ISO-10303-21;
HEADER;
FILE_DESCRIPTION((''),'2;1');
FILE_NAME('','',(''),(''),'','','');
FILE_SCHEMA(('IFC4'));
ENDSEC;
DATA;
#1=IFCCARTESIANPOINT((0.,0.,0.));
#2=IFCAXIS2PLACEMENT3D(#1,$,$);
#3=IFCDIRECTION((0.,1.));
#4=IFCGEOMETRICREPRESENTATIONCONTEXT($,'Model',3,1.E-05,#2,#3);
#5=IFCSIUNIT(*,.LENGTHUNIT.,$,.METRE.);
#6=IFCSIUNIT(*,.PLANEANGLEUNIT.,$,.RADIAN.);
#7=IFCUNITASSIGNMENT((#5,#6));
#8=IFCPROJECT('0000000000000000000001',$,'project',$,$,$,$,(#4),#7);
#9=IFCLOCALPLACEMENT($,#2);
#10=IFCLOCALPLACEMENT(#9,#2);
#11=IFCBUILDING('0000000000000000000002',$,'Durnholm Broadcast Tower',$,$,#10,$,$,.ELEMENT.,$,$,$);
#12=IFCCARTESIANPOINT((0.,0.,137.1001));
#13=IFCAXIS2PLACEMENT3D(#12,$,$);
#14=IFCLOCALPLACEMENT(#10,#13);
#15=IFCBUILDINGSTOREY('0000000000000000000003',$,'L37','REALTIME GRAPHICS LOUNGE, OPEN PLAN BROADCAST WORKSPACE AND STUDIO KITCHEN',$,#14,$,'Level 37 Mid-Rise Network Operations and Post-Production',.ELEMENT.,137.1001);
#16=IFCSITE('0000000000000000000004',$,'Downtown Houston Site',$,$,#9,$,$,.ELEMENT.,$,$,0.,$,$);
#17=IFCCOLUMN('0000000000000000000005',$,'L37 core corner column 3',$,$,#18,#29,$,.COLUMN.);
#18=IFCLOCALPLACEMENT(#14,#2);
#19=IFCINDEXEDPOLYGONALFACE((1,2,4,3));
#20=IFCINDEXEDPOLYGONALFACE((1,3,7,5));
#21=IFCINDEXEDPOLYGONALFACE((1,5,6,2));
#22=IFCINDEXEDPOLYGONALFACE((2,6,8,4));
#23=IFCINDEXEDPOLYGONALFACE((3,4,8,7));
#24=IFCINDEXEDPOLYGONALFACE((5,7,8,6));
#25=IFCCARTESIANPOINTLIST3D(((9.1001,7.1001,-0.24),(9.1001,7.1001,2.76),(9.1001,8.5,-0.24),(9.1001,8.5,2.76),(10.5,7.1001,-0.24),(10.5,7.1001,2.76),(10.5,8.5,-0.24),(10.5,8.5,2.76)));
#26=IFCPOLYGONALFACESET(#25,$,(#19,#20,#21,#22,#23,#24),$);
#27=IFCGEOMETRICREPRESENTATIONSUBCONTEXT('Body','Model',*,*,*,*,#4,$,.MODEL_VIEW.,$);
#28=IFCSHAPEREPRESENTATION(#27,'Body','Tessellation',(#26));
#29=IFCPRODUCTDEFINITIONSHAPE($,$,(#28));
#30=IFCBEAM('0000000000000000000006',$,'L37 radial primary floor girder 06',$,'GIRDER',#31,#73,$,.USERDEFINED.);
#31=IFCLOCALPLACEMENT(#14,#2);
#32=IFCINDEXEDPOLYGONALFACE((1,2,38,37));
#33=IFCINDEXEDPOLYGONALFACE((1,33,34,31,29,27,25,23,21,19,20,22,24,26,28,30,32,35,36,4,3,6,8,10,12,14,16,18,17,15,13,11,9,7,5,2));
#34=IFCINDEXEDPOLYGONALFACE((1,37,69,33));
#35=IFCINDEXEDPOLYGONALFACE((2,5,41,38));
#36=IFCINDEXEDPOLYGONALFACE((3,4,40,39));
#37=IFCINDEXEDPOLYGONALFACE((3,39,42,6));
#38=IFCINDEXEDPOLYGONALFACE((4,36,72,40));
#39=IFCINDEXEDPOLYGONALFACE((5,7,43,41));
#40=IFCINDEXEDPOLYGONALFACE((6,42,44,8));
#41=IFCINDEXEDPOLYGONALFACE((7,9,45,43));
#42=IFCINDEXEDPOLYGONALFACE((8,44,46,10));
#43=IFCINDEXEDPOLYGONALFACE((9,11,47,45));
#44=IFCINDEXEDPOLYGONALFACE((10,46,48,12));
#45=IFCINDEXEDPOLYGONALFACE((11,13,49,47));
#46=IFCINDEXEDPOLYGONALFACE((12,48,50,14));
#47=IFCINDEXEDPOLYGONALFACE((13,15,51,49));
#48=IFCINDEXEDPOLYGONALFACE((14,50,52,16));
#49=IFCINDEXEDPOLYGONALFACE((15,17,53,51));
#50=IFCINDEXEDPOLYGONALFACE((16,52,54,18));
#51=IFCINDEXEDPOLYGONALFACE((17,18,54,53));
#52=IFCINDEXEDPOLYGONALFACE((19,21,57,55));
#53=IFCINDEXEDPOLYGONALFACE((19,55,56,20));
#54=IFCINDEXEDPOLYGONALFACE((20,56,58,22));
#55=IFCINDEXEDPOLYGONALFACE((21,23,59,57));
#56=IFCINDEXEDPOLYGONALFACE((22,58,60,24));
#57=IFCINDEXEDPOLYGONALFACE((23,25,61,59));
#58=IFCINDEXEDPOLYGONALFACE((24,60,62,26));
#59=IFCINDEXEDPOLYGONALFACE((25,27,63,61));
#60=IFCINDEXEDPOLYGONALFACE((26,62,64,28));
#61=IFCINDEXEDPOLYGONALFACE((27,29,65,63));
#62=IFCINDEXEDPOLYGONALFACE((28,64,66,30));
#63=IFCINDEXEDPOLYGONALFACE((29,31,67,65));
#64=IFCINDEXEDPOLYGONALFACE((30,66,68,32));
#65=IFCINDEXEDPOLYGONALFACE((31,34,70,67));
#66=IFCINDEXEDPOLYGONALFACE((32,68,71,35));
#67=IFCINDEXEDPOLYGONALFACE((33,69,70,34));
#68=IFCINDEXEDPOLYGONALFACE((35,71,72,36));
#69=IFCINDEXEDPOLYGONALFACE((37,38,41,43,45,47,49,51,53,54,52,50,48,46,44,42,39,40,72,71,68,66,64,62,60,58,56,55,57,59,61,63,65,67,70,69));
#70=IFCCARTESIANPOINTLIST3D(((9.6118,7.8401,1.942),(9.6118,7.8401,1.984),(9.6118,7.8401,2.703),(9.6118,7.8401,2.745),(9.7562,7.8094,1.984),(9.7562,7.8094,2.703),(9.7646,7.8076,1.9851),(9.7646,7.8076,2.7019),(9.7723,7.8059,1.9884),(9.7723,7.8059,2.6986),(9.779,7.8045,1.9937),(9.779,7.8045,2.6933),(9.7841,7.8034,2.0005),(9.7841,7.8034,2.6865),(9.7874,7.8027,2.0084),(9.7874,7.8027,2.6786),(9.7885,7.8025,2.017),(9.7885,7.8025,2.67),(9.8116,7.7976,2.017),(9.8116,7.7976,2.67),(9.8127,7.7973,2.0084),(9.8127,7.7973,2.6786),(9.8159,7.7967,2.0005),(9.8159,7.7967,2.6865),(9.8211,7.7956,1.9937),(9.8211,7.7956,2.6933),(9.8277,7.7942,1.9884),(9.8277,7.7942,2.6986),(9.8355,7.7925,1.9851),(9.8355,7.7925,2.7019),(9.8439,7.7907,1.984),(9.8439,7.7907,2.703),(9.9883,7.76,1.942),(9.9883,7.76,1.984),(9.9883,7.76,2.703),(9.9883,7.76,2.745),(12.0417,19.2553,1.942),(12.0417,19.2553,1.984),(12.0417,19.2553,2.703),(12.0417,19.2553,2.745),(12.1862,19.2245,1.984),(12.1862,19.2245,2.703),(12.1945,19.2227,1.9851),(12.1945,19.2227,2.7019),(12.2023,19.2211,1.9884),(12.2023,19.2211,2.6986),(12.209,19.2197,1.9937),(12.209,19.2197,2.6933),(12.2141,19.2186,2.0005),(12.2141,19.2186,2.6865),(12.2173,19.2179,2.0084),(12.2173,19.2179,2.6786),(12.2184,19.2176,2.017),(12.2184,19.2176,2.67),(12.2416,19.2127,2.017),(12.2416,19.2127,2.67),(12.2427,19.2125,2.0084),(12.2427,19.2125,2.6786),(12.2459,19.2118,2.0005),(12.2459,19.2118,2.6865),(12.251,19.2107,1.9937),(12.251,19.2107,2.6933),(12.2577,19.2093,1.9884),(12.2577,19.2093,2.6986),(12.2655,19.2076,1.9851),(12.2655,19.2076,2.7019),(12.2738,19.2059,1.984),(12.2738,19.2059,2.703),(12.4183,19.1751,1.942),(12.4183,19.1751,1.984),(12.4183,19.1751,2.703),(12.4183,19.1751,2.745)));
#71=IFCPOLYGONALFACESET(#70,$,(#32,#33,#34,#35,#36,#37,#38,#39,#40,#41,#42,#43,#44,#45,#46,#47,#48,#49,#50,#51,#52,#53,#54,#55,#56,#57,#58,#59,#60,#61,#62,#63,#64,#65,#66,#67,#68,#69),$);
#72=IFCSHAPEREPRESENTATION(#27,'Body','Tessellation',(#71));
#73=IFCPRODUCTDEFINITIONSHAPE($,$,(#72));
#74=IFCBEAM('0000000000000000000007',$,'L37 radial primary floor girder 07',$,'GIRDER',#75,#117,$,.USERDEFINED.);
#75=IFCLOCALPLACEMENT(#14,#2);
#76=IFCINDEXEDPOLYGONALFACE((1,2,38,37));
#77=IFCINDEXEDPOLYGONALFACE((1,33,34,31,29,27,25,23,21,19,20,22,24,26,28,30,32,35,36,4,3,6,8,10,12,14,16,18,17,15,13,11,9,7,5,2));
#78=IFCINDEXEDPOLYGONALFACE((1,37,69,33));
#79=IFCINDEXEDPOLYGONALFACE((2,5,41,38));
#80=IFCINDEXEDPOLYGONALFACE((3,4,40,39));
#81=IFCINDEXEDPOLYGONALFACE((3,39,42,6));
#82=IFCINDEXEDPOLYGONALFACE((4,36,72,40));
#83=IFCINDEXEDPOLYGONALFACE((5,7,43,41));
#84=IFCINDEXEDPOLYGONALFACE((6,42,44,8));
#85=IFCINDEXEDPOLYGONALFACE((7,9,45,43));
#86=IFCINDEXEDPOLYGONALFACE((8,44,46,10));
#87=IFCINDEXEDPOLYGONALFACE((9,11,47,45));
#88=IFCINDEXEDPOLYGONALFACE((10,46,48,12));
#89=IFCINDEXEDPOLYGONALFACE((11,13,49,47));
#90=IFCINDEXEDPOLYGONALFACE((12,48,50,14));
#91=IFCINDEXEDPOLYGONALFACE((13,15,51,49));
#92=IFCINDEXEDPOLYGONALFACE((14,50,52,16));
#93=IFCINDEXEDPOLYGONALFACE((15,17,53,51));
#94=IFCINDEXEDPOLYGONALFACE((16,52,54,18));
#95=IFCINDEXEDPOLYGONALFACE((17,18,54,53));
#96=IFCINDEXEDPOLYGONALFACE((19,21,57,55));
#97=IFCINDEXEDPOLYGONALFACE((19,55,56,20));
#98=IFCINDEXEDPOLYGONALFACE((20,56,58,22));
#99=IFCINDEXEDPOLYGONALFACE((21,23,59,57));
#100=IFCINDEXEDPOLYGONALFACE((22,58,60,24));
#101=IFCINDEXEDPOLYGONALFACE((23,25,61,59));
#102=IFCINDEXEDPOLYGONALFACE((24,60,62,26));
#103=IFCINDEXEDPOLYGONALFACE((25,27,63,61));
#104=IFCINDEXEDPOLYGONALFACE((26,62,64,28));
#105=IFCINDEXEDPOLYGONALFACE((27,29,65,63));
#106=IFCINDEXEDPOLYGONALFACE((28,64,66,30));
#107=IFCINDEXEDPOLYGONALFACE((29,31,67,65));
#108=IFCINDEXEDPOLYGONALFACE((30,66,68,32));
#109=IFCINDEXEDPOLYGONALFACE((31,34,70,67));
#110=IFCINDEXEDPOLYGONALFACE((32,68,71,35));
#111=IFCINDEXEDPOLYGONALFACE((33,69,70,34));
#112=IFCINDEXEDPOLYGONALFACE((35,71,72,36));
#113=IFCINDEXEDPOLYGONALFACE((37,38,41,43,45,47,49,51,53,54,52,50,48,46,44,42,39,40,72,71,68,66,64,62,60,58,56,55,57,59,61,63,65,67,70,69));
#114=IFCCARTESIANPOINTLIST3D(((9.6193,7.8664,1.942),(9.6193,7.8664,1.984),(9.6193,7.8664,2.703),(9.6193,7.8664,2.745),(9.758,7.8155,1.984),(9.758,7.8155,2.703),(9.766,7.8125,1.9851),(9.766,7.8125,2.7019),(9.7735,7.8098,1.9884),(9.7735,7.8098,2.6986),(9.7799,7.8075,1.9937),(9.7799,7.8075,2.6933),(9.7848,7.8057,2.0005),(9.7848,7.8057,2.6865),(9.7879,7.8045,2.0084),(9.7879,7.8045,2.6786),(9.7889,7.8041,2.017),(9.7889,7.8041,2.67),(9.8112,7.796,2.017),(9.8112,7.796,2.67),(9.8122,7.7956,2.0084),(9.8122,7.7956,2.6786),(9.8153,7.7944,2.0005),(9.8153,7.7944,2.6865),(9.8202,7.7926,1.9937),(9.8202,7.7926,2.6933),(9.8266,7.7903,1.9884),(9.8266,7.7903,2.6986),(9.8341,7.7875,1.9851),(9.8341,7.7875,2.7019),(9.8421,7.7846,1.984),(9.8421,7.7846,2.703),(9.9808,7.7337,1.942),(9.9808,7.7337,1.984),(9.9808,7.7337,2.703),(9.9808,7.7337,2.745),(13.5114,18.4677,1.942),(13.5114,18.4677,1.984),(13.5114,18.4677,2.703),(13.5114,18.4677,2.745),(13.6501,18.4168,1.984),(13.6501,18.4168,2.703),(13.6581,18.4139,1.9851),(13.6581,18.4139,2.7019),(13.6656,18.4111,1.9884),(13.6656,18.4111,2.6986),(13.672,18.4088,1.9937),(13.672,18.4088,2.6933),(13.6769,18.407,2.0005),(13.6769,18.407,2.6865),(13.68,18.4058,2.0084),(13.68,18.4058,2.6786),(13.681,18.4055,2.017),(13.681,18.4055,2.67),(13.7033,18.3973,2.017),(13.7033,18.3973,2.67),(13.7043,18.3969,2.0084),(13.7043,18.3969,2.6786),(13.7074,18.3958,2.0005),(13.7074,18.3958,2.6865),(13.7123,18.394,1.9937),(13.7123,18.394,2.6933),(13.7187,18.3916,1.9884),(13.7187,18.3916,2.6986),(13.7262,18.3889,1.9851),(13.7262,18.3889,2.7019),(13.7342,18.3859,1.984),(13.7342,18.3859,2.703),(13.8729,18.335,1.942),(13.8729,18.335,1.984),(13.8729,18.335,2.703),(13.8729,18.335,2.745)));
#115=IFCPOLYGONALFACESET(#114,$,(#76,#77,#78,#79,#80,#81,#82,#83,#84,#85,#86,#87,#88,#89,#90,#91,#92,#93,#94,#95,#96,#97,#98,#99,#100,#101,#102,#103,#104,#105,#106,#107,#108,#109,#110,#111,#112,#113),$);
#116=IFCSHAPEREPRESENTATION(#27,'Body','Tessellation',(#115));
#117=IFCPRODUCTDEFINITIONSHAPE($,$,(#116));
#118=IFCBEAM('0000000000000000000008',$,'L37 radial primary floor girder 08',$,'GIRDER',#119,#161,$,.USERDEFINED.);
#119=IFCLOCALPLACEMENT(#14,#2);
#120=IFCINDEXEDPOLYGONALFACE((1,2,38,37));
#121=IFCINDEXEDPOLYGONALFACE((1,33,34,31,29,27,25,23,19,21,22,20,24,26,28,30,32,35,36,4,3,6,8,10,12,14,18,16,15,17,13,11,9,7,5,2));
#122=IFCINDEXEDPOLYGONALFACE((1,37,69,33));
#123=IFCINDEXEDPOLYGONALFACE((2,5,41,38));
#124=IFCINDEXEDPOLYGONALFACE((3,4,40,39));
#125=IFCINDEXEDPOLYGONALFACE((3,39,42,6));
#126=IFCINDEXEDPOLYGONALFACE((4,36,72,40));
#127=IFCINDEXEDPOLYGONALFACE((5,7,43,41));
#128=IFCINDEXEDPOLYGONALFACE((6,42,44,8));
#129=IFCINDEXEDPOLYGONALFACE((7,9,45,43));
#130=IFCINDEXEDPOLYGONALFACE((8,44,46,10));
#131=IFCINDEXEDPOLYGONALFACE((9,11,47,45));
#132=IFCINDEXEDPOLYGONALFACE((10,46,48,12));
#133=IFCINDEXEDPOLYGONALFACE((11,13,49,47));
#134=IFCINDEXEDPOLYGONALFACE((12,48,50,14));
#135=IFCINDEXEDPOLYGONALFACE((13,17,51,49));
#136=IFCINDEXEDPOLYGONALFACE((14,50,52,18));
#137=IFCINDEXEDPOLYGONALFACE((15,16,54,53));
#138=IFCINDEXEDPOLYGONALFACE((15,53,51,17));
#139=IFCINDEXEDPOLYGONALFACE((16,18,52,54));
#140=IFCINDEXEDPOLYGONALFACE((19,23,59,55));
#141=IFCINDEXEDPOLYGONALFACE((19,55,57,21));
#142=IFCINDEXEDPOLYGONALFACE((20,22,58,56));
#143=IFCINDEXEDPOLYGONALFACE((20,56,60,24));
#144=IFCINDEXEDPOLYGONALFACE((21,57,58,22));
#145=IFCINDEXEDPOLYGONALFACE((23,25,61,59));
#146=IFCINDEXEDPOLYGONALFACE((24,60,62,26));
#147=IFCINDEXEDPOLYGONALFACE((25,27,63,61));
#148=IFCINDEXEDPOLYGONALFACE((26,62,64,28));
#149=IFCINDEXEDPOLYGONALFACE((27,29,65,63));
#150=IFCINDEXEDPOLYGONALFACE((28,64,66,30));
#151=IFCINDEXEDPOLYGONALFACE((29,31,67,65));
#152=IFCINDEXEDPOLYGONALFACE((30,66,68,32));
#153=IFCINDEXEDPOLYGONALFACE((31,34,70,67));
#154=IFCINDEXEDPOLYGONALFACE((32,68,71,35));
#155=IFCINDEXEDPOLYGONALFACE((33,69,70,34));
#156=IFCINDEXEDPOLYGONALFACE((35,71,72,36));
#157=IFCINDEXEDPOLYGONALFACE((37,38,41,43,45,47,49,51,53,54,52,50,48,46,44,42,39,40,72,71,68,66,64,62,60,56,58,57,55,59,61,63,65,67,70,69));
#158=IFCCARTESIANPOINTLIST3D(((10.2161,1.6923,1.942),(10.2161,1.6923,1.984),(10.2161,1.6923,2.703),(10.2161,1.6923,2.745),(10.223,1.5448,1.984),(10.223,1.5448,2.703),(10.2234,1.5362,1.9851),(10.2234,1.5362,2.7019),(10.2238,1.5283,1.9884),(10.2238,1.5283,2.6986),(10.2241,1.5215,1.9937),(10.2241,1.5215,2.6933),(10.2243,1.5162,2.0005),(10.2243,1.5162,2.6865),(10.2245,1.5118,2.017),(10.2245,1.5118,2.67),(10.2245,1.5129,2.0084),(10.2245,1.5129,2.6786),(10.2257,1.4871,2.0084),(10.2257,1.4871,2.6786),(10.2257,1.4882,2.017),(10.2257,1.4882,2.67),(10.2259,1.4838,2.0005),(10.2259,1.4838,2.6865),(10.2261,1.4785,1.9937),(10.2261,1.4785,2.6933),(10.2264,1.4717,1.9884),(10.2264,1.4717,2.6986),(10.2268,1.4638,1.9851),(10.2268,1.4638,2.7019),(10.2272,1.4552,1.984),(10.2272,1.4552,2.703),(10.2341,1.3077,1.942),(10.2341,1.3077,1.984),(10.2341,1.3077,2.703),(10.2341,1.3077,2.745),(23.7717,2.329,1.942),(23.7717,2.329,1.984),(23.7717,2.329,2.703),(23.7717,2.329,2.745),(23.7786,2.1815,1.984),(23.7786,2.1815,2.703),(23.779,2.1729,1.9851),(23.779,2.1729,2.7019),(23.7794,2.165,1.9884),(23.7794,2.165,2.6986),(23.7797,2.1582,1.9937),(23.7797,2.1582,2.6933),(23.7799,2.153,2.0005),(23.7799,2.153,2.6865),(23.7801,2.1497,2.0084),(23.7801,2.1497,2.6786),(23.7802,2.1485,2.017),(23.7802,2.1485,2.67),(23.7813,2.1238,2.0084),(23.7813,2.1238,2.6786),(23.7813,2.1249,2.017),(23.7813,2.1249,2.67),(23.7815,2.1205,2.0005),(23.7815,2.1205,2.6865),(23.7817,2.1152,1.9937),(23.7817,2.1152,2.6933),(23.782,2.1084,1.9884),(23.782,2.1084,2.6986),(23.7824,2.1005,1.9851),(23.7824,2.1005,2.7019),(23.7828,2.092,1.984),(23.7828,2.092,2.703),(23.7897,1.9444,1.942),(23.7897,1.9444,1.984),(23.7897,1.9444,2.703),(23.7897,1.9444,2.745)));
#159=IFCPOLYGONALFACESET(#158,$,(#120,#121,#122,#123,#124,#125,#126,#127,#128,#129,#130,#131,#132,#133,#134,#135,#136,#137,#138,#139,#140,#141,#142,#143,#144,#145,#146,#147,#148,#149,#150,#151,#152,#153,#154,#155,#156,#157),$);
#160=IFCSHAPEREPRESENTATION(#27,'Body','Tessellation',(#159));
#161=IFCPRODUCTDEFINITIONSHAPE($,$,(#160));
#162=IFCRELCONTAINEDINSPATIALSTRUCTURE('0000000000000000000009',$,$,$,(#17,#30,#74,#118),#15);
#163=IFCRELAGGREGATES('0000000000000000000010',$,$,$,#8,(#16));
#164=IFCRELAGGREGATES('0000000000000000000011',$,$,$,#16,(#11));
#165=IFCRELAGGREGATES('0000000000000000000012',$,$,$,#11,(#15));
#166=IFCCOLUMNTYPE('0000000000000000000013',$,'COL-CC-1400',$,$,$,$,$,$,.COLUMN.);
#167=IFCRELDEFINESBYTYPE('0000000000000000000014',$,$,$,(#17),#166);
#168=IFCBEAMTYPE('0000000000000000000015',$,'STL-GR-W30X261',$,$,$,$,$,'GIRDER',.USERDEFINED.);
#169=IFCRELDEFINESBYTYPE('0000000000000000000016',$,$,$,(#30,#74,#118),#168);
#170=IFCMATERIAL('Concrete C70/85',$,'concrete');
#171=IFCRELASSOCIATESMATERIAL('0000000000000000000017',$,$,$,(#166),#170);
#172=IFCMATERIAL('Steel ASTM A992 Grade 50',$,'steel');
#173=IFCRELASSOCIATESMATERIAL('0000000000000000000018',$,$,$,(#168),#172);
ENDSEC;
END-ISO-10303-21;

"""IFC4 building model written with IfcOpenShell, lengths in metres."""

from ifc_helpers import new_model, si_unit, direction, frame, origin, origin_2d, place, context, subcontext, project, spatial, rectangle, i_section, extrude, source, transform, mapped, material, material_profile, profile_set, type_object, type_shapes, element, save


model = new_model("IFC4")

# Units and contexts
model_context = context("Model", 3, precision=1e-05, world=origin(), true_north=direction((0.0, 1.0)))
body_context = subcontext(model_context, "Body", "Model", "MODEL_VIEW")
ifc_project = project(units=[si_unit("LENGTHUNIT", "METRE"), si_unit("PLANEANGLEUNIT", "RADIAN")], contexts=[model_context])

# Site, building, storey
site_placement = place(None, origin())
site = spatial("IfcSite", under=ifc_project, at=site_placement, Name="Downtown Houston Site", CompositionType="ELEMENT", RefElevation=0.0)
building_placement = place(site_placement, origin())
building = spatial("IfcBuilding", under=site, at=building_placement, Name="Durnholm Broadcast Tower", CompositionType="ELEMENT")
storey_placement = place(building_placement, frame((0.0, 0.0, 137.1001)))
storey = spatial("IfcBuildingStorey", under=building, at=storey_placement, Name="L37", Description="REALTIME GRAPHICS LOUNGE, OPEN PLAN BROADCAST WORKSPACE AND STUDIO KITCHEN", LongName="Level 37 Mid-Rise Network Operations and Post-Production", CompositionType="ELEMENT", Elevation=137.1001)

# Column
ifc_material_1 = material(Name="Concrete C70/85", Category="concrete")
ifc_material_profile_1 = material_profile(ifc_material_1, rectangle(XDim=1.3999, YDim=1.3999, at=origin_2d()), Name="RC1400X1400")
ifc_profile_set_1 = profile_set([ifc_material_profile_1], Name="Concrete C70/85")
column_type = type_object("IfcColumnType", Name="COL-CC-1400", PredefinedType="COLUMN", material=ifc_profile_set_1)
shared_shape_1 = source(origin(), body_context, "Body", "SweptSolid", [
    extrude(rectangle(XDim=1.3999, YDim=1.3999, at=origin_2d()), origin(), (0.0, 0.0, 1.0), 3.0),
])
type_shapes(column_type, [shared_shape_1])
column_placement = place(storey_placement, frame((9.8, 7.8, -0.24), z_axis=(0.0, 0.0, 1.0), x_axis=(1.0, 0.0, 0.0)))
element("IfcColumn", 1, at=column_placement, inside=storey, type_object=column_type, Name="L37 core corner column 3", PredefinedType="COLUMN", context=body_context, shape_type="MappedRepresentation", body=[
    mapped(shared_shape_1, transform((0.0, 0.0, 0.0), x_axis=(1.0, 0.0, 0.0), y_axis=(0.0, 1.0, 0.0), z_axis=(0.0, 0.0, 1.0), scale=1.0)),
])

# Beams
ifc_material_2 = material(Name="Steel ASTM A992 Grade 50", Category="steel")
ifc_material_profile_2 = material_profile(ifc_material_2, i_section(OverallWidth=0.385, OverallDepth=0.803, WebThickness=0.0237, FlangeThickness=0.042, FilletRadius=0.033, at=origin_2d()), Name="W30X261")
ifc_profile_set_2 = profile_set([ifc_material_profile_2], Name="Steel ASTM A992 Grade 50")
beam_type_1 = type_object("IfcBeamType", Name="STL-GR-W30X261", ElementType="GIRDER", PredefinedType="USERDEFINED", material=ifc_profile_set_2)
shared_shape_2 = source(origin(), body_context, "Body", "SweptSolid", [
    extrude(i_section(OverallWidth=0.385, OverallDepth=0.803, WebThickness=0.0237, FlangeThickness=0.042, FilletRadius=0.033, at=origin_2d()), origin(), (0.0, 0.0, 1.0), 11.6709),
])
beam_1_placement = place(storey_placement, frame((9.8, 7.8, 2.3435), z_axis=(0.208206, 0.978085, 0.0), x_axis=(-0.978085, 0.208206, 0.0)))
element("IfcBeam", 2, at=beam_1_placement, inside=storey, type_object=beam_type_1, Name="L37 radial primary floor girder 06", ObjectType="GIRDER", PredefinedType="USERDEFINED", context=body_context, shape_type="MappedRepresentation", body=[
    mapped(shared_shape_2, transform((0.0, 0.0, 0.0), x_axis=(1.0, 0.0, 0.0), y_axis=(0.0, 1.0, 0.0), z_axis=(0.0, 0.0, 1.0), scale=1.0)),
])
shared_shape_3 = source(origin(), body_context, "Body", "SweptSolid", [
    extrude(i_section(OverallWidth=0.385, OverallDepth=0.803, WebThickness=0.0237, FlangeThickness=0.042, FilletRadius=0.033, at=origin_2d()), origin(), (0.0, 0.0, 1.0), 11.2932),
])
beam_2_placement = place(storey_placement, frame((9.8, 7.8, 2.3435), z_axis=(0.34464, 0.938735, 0.0), x_axis=(-0.938735, 0.34464, 0.0)))
element("IfcBeam", 3, at=beam_2_placement, inside=storey, type_object=beam_type_1, Name="L37 radial primary floor girder 07", ObjectType="GIRDER", PredefinedType="USERDEFINED", context=body_context, shape_type="MappedRepresentation", body=[
    mapped(shared_shape_3, transform((0.0, 0.0, 0.0), x_axis=(1.0, 0.0, 0.0), y_axis=(0.0, 1.0, 0.0), z_axis=(0.0, 0.0, 1.0), scale=1.0)),
])
shared_shape_4 = source(origin(), body_context, "Body", "SweptSolid", [
    extrude(i_section(OverallWidth=0.385, OverallDepth=0.803, WebThickness=0.0237, FlangeThickness=0.042, FilletRadius=0.033, at=origin_2d()), origin(), (0.0, 0.0, 1.0), 13.5706),
])
beam_3_placement = place(storey_placement, frame((10.2251, 1.5, 2.3435), z_axis=(0.998899, 0.046919, 0.0), x_axis=(-0.046919, 0.998899, 0.0)))
element("IfcBeam", 4, at=beam_3_placement, inside=storey, type_object=beam_type_1, Name="L37 radial primary floor girder 08", ObjectType="GIRDER", PredefinedType="USERDEFINED", context=body_context, shape_type="MappedRepresentation", body=[
    mapped(shared_shape_4, transform((0.0, 0.0, 0.0), x_axis=(1.0, 0.0, 0.0), y_axis=(0.0, 1.0, 0.0), z_axis=(0.0, 0.0, 1.0), scale=1.0)),
])

save(model, "model.ifc")
